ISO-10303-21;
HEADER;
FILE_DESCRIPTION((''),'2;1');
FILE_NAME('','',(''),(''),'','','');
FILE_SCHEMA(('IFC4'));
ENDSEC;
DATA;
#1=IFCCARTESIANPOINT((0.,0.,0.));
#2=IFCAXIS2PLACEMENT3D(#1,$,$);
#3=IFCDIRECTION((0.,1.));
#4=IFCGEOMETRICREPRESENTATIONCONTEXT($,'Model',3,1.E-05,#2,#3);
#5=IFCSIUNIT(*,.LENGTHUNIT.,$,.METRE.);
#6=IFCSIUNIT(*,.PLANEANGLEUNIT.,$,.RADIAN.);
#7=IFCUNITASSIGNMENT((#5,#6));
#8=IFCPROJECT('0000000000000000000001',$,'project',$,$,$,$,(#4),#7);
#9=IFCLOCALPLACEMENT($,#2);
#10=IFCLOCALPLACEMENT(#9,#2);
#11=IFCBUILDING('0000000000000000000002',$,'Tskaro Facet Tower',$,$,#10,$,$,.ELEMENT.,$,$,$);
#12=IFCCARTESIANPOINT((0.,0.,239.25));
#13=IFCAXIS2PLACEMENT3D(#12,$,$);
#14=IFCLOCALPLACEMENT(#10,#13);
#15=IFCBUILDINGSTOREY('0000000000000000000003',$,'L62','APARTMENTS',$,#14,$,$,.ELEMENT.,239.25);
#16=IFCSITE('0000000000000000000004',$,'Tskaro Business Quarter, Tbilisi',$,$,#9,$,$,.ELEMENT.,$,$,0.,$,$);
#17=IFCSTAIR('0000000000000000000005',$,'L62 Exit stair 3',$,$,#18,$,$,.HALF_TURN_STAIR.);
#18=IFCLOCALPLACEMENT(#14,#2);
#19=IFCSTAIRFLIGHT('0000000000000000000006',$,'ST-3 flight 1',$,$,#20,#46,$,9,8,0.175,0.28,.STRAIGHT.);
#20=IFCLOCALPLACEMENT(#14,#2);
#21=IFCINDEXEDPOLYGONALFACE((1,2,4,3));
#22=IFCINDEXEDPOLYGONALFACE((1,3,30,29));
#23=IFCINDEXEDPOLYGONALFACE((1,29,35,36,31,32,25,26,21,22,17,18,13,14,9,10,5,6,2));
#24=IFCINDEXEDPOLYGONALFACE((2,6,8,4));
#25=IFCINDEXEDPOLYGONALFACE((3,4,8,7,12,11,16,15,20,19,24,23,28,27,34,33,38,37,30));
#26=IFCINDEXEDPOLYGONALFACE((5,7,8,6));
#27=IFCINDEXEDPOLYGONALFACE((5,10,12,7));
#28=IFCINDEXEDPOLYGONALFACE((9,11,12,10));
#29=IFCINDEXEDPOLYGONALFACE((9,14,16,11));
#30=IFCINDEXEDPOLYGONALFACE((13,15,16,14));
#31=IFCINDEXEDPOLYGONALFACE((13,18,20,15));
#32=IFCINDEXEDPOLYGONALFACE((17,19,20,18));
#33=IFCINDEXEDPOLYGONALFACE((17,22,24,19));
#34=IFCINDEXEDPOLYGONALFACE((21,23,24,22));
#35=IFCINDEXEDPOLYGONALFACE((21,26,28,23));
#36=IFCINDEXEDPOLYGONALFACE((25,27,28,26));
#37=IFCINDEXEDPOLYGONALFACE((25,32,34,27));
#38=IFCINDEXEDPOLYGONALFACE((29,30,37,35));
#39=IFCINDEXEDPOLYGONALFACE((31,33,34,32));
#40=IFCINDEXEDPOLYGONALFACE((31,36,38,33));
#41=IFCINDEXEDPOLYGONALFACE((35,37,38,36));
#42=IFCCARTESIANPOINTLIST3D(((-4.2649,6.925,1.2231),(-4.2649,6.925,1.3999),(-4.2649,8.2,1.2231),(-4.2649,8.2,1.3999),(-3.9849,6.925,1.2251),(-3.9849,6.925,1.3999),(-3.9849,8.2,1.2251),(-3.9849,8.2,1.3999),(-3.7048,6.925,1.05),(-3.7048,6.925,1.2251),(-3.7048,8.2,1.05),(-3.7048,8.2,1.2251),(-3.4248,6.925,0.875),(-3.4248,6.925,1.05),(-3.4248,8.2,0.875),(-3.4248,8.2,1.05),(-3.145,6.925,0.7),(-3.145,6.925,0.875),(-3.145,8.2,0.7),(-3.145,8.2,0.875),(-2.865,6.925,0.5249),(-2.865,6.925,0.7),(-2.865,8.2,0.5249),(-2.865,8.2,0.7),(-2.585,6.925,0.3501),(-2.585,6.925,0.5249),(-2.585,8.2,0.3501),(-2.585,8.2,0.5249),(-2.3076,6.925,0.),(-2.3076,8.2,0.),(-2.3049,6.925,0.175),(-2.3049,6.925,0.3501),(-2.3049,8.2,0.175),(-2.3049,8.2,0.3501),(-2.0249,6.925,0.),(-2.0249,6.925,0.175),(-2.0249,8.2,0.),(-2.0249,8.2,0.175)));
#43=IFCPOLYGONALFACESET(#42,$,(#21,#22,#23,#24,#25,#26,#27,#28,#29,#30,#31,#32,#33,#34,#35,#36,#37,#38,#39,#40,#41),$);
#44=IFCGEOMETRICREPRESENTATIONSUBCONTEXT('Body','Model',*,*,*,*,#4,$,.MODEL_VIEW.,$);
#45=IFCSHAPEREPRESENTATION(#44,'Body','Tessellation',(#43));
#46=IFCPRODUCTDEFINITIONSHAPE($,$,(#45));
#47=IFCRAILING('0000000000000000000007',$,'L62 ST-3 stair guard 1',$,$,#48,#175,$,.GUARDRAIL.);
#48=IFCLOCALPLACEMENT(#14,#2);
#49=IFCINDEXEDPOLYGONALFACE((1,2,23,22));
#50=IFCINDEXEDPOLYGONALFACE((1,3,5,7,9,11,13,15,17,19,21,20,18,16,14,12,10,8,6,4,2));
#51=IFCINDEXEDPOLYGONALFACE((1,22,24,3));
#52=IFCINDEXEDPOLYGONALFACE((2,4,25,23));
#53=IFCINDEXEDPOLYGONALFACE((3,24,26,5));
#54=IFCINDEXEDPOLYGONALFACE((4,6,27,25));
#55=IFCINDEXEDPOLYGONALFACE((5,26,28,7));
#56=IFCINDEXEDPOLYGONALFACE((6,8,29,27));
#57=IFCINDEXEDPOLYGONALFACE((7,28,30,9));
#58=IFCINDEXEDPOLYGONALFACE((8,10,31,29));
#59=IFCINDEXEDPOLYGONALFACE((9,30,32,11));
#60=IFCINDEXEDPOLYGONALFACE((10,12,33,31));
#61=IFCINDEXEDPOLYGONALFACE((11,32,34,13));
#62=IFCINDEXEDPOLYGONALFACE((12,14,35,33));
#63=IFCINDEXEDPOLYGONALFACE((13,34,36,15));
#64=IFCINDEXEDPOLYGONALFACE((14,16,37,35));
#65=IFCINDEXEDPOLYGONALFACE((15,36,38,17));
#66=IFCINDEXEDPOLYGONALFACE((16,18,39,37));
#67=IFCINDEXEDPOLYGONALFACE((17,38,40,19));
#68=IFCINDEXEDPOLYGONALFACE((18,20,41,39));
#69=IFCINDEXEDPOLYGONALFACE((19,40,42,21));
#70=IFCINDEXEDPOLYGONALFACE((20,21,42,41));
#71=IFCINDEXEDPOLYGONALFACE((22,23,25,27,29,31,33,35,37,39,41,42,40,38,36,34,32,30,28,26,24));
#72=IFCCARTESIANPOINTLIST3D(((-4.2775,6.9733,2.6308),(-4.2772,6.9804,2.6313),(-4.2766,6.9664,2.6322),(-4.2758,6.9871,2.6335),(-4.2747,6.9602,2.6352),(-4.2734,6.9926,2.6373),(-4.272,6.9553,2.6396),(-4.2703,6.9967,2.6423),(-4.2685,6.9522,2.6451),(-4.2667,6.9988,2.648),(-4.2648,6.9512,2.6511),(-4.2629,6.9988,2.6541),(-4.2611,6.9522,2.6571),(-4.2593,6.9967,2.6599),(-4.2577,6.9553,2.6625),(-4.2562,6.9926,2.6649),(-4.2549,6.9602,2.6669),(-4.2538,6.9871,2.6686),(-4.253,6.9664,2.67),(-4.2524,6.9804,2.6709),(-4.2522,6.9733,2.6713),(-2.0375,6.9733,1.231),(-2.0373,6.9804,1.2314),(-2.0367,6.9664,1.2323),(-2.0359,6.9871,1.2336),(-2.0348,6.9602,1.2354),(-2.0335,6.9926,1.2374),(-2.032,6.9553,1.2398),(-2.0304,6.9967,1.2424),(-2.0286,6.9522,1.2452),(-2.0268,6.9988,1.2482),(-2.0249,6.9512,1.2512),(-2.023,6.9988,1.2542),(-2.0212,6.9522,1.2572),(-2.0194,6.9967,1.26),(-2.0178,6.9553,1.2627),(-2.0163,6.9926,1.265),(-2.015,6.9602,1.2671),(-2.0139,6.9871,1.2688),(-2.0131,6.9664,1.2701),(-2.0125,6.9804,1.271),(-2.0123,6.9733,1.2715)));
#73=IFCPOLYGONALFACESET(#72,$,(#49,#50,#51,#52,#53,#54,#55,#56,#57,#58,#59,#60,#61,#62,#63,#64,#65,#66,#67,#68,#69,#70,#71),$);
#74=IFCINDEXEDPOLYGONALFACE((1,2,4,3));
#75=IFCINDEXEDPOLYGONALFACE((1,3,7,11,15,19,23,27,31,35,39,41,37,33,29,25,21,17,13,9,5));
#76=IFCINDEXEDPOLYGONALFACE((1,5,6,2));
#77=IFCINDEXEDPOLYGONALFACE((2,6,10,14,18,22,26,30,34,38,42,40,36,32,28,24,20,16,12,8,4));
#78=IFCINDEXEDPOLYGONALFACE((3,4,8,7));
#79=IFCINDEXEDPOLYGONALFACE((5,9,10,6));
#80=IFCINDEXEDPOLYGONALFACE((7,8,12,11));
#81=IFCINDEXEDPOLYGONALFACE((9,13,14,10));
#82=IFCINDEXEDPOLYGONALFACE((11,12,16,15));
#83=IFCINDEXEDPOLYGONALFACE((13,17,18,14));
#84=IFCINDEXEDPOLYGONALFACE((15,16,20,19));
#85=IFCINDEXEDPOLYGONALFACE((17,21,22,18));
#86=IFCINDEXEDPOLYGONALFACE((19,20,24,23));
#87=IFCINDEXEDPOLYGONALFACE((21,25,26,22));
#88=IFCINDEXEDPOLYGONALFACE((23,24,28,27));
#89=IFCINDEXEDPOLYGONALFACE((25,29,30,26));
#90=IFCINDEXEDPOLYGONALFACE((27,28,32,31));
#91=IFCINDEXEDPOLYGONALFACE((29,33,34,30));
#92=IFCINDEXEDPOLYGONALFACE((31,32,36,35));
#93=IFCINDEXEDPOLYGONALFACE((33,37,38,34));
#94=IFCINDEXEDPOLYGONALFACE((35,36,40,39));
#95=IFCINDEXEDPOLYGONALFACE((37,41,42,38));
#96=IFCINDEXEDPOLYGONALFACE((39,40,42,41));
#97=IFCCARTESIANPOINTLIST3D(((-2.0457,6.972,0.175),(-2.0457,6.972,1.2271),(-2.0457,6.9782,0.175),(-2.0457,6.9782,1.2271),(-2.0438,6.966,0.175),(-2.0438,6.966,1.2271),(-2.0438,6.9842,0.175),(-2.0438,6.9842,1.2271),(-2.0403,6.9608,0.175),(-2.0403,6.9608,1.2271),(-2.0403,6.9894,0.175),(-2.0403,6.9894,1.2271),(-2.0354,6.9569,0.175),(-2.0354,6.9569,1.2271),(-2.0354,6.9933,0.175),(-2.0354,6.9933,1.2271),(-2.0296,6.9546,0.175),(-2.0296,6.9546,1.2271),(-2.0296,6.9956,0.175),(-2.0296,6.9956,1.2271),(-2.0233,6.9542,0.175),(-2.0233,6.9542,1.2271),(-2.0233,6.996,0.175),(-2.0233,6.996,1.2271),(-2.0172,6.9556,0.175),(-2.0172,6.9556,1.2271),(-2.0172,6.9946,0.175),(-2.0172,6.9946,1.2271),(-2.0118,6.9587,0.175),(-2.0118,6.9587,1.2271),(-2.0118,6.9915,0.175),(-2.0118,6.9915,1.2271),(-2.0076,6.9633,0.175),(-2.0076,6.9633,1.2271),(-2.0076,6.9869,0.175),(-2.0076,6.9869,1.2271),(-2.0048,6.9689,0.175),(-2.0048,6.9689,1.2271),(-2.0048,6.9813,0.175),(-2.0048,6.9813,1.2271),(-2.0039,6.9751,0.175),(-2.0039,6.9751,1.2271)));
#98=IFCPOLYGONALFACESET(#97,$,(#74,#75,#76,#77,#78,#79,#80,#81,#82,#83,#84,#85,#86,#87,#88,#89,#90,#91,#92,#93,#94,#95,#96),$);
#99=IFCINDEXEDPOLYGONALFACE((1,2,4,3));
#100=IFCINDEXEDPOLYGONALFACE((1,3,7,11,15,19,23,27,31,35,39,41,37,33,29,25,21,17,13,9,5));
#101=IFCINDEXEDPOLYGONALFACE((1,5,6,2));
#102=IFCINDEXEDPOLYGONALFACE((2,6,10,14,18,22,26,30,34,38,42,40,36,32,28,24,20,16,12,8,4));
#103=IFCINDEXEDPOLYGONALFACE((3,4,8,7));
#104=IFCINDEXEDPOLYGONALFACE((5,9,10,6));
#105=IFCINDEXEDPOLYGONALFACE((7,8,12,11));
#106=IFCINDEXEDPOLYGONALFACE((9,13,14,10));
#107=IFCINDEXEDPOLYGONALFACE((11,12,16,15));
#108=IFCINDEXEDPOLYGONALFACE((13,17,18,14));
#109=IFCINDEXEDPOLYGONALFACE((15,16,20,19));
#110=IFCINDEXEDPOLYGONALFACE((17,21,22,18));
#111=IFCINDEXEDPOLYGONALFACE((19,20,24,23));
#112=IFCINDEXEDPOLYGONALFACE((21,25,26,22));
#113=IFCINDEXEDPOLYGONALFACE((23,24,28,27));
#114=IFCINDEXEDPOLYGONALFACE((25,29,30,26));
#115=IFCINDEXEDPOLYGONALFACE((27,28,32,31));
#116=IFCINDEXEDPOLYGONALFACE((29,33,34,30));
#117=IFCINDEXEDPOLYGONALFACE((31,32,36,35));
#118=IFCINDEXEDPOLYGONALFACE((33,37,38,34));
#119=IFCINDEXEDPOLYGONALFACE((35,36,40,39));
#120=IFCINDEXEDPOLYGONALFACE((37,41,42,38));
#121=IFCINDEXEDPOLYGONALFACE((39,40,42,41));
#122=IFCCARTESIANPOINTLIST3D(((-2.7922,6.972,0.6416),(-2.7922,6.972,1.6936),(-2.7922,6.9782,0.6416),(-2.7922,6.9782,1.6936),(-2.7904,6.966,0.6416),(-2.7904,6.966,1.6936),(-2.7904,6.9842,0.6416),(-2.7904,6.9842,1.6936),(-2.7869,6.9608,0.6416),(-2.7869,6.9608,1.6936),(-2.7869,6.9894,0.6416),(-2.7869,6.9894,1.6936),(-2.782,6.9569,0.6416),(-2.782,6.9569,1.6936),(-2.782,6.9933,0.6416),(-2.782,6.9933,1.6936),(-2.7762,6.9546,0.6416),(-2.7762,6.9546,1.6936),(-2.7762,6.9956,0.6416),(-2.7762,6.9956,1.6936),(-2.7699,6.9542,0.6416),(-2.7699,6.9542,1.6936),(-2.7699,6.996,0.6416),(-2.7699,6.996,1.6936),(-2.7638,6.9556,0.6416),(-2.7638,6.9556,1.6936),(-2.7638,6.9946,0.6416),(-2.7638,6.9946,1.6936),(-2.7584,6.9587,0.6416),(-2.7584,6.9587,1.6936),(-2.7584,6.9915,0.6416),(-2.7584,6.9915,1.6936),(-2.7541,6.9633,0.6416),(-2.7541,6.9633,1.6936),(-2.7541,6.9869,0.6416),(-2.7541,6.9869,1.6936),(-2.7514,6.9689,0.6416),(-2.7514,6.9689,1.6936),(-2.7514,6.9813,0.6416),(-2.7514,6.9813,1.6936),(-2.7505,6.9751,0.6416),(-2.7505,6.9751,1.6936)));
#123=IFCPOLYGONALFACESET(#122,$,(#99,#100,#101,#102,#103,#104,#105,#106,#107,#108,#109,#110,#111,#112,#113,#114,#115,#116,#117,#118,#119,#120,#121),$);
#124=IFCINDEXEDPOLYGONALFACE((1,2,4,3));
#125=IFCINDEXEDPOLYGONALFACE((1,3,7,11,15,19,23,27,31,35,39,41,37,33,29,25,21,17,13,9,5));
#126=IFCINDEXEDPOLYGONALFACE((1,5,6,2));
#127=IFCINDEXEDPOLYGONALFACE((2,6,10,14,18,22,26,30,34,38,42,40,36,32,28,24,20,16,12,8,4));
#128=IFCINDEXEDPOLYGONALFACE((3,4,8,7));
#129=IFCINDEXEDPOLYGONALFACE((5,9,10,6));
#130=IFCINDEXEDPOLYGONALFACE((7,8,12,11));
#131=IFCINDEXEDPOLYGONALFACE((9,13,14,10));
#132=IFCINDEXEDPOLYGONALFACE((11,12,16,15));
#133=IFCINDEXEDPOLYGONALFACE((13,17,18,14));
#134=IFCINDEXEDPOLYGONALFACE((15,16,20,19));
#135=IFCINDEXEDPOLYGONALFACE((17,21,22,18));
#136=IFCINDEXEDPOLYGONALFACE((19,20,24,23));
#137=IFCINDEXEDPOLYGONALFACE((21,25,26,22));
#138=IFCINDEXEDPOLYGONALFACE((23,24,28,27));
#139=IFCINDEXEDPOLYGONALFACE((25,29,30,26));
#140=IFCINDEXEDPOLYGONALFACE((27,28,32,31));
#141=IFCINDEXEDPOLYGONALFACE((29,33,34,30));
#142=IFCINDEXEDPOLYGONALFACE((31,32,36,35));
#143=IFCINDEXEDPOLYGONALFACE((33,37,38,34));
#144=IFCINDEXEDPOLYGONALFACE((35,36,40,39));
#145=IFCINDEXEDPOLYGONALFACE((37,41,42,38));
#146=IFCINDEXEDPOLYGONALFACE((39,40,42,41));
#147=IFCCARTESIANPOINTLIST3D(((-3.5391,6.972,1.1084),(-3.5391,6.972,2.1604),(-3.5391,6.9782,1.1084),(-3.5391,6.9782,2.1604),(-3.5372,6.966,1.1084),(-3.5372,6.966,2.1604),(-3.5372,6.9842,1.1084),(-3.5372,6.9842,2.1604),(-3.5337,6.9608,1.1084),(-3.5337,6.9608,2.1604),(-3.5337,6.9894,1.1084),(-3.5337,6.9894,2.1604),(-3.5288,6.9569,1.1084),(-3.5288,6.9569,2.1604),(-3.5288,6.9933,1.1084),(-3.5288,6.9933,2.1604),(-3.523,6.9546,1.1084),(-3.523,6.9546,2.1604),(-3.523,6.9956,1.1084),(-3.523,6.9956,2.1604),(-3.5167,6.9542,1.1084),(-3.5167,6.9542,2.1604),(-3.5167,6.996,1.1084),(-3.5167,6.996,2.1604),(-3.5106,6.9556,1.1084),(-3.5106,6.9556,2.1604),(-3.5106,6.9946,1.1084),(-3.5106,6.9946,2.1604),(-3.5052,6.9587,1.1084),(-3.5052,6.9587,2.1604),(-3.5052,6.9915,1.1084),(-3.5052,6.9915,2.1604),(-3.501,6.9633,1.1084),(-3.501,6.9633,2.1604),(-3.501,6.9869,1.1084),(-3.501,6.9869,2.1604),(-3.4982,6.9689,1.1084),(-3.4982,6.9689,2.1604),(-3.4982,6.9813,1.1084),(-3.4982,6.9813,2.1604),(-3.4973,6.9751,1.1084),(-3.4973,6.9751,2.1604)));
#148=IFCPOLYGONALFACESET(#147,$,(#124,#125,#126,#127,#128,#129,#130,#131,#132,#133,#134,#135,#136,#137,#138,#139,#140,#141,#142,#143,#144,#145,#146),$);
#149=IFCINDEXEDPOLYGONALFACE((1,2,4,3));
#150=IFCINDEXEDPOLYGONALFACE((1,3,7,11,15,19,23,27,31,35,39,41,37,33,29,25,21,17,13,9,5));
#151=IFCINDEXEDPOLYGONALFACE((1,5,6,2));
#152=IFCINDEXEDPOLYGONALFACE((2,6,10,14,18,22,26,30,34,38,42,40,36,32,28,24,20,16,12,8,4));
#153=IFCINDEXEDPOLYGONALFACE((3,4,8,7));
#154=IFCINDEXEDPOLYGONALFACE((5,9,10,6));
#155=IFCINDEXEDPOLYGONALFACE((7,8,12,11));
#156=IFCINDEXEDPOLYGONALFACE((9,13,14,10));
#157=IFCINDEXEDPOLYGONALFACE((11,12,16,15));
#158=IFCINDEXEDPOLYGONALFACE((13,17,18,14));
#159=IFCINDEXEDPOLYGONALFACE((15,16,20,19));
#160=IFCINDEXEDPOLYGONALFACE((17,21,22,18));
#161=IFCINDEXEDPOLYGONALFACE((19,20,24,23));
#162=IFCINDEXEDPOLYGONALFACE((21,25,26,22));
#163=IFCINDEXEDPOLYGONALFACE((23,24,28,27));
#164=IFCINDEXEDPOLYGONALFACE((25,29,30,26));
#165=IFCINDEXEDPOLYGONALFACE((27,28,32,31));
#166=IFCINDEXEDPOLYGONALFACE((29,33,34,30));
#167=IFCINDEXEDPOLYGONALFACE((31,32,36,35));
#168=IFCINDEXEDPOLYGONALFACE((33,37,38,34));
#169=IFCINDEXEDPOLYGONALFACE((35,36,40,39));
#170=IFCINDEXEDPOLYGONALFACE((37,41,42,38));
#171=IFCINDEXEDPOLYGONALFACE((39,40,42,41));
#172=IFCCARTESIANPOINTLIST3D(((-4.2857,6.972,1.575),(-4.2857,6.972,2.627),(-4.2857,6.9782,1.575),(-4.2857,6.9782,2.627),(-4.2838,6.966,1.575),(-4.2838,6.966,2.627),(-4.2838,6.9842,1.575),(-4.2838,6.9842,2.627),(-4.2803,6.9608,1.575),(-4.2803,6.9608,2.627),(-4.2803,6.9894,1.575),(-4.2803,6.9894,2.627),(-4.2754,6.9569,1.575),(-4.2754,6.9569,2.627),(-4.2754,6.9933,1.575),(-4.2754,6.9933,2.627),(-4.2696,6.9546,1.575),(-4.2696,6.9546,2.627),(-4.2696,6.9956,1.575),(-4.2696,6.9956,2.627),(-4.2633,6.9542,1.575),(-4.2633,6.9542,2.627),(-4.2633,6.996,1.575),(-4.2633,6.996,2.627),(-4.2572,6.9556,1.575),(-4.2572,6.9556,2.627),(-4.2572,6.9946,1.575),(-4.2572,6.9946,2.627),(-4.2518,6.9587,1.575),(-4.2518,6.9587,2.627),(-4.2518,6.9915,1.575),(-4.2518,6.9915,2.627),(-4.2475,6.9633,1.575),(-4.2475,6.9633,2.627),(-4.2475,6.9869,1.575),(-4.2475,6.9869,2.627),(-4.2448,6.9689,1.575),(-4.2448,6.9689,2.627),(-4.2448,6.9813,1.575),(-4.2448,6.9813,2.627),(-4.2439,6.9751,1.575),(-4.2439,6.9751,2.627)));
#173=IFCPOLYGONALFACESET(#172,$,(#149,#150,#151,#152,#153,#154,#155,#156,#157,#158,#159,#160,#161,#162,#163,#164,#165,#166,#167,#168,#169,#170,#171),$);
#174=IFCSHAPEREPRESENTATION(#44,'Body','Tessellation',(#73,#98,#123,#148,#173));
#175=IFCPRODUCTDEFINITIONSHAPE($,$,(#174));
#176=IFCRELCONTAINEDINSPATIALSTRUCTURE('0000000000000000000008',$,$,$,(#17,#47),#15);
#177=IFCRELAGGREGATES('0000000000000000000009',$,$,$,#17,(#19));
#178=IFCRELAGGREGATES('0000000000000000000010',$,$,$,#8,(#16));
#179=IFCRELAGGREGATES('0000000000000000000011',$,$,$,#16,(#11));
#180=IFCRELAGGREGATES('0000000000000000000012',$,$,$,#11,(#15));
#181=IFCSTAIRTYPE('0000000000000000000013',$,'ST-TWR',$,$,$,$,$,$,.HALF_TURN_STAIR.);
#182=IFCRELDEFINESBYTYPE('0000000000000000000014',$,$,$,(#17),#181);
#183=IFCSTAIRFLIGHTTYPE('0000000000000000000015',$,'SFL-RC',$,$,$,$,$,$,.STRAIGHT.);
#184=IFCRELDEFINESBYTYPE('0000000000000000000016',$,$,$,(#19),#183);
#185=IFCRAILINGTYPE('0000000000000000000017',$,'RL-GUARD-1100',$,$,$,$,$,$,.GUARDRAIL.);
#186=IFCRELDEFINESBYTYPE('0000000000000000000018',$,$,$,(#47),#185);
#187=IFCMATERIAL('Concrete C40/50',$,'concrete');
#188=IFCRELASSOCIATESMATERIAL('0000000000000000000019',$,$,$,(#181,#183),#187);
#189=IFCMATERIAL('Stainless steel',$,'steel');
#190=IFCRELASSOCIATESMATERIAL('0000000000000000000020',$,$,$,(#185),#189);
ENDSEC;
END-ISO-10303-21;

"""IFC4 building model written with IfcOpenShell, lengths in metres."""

from ifc_helpers import new_model, si_unit, direction, frame, origin, origin_2d, place, context, subcontext, project, spatial, polyline, circle, outline, extrude, material, type_object, element, aggregate, save


model = new_model("IFC4")

# Units and contexts
model_context = context("Model", 3, precision=1e-05, world=origin(), true_north=direction((0.0, 1.0)))
body_context = subcontext(model_context, "Body", "Model", "MODEL_VIEW")
ifc_project = project(units=[si_unit("LENGTHUNIT", "METRE"), si_unit("PLANEANGLEUNIT", "RADIAN")], contexts=[model_context])

# Site, building, storey
site_placement = place(None, origin())
site = spatial("IfcSite", under=ifc_project, at=site_placement, Name="Tskaro Business Quarter, Tbilisi", CompositionType="ELEMENT", RefElevation=0.0)
building_placement = place(site_placement, origin())
building = spatial("IfcBuilding", under=site, at=building_placement, Name="Tskaro Facet Tower", CompositionType="ELEMENT")
storey_placement = place(building_placement, frame((0.0, 0.0, 239.25)))
storey = spatial("IfcBuildingStorey", under=building, at=storey_placement, Name="L62", Description="APARTMENTS", CompositionType="ELEMENT", Elevation=239.25)

# Stair
ifc_material_1 = material(Name="Concrete C40/50", Category="concrete")
stair_type = type_object("IfcStairType", Name="ST-TWR", PredefinedType="HALF_TURN_STAIR", material=ifc_material_1)
stair_1_placement = place(storey_placement, origin())
stair_1 = element("IfcStair", 1, at=stair_1_placement, inside=storey, type_object=stair_type, Name="L62 Exit stair 3", PredefinedType="HALF_TURN_STAIR")

# Stair flight
stair_flight_type = type_object("IfcStairFlightType", Name="SFL-RC", PredefinedType="STRAIGHT", material=ifc_material_1)
stair_flight_placement = place(storey_placement, frame((-2.0249, 7.5625, 0.0), z_axis=(0.0, 0.0, 1.0), x_axis=(-1.0, 0.0, 0.0)))
stair_flight = element("IfcStairFlight", 2, at=stair_flight_placement, type_object=stair_flight_type, Name="ST-3 flight 1", NumberOfRisers=9, NumberOfTreads=8, PredefinedType="STRAIGHT", RiserHeight=0.175, TreadLength=0.28, context=body_context, shape_type="SweptSolid", body=[
    extrude(outline(polyline([(0.0, 0.0), (0.0, 0.175), (0.28, 0.175), (0.28, 0.3501), (0.5601, 0.3501), (0.5601, 0.5249), (0.8401, 0.5249), (0.8401, 0.7), (1.1201, 0.7), (1.1201, 0.875), (1.3999, 0.875), (1.3999, 1.05), (1.6799, 1.05), (1.6799, 1.2251), (1.96, 1.2251), (1.96, 1.3999), (2.24, 1.3999), (2.24, 1.575), (2.24, 1.2231), (0.2827, 0.0), (0.0, 0.0)])), frame((0.0, 0.6375, 0.0), z_axis=(0.0, -1.0, 0.0), x_axis=(1.0, 0.0, 0.0)), (0.0, 0.0, 1.0), 1.2749),
])
aggregate(stair_1, [stair_flight])

# Railing
ifc_material_2 = material(Name="Stainless steel", Category="steel")
railing_type_1 = type_object("IfcRailingType", Name="RL-GUARD-1100", PredefinedType="GUARDRAIL", material=ifc_material_2)
railing_1_placement = place(storey_placement, frame((-2.0249, 6.9751, 0.175)))
element("IfcRailing", 3, at=railing_1_placement, inside=storey, type_object=railing_type_1, Name="L62 ST-3 stair guard 1", PredefinedType="GUARDRAIL", context=body_context, shape_type="SweptSolid", body=[
    extrude(circle(Radius=0.0239, at=origin_2d()), frame((0.0, 0.0, 1.0762), z_axis=(-0.848014, 0.0, 0.529974), x_axis=(0.0, -1.0, 0.0)), (0.0, 0.0, 1.0), 2.6414),
    extrude(circle(Radius=0.021, at=origin_2d()), origin(), (0.0, 0.0, 1.0), 1.052),
    extrude(circle(Radius=0.021, at=origin_2d()), frame((-0.7466, 0.0, 0.4666)), (0.0, 0.0, 1.0), 1.052),
    extrude(circle(Radius=0.021, at=origin_2d()), frame((-1.4934, 0.0, 0.9333)), (0.0, 0.0, 1.0), 1.052),
    extrude(circle(Radius=0.021, at=origin_2d()), frame((-2.24, 0.0, 1.3999)), (0.0, 0.0, 1.0), 1.052),
])

save(model, "model.ifc")
